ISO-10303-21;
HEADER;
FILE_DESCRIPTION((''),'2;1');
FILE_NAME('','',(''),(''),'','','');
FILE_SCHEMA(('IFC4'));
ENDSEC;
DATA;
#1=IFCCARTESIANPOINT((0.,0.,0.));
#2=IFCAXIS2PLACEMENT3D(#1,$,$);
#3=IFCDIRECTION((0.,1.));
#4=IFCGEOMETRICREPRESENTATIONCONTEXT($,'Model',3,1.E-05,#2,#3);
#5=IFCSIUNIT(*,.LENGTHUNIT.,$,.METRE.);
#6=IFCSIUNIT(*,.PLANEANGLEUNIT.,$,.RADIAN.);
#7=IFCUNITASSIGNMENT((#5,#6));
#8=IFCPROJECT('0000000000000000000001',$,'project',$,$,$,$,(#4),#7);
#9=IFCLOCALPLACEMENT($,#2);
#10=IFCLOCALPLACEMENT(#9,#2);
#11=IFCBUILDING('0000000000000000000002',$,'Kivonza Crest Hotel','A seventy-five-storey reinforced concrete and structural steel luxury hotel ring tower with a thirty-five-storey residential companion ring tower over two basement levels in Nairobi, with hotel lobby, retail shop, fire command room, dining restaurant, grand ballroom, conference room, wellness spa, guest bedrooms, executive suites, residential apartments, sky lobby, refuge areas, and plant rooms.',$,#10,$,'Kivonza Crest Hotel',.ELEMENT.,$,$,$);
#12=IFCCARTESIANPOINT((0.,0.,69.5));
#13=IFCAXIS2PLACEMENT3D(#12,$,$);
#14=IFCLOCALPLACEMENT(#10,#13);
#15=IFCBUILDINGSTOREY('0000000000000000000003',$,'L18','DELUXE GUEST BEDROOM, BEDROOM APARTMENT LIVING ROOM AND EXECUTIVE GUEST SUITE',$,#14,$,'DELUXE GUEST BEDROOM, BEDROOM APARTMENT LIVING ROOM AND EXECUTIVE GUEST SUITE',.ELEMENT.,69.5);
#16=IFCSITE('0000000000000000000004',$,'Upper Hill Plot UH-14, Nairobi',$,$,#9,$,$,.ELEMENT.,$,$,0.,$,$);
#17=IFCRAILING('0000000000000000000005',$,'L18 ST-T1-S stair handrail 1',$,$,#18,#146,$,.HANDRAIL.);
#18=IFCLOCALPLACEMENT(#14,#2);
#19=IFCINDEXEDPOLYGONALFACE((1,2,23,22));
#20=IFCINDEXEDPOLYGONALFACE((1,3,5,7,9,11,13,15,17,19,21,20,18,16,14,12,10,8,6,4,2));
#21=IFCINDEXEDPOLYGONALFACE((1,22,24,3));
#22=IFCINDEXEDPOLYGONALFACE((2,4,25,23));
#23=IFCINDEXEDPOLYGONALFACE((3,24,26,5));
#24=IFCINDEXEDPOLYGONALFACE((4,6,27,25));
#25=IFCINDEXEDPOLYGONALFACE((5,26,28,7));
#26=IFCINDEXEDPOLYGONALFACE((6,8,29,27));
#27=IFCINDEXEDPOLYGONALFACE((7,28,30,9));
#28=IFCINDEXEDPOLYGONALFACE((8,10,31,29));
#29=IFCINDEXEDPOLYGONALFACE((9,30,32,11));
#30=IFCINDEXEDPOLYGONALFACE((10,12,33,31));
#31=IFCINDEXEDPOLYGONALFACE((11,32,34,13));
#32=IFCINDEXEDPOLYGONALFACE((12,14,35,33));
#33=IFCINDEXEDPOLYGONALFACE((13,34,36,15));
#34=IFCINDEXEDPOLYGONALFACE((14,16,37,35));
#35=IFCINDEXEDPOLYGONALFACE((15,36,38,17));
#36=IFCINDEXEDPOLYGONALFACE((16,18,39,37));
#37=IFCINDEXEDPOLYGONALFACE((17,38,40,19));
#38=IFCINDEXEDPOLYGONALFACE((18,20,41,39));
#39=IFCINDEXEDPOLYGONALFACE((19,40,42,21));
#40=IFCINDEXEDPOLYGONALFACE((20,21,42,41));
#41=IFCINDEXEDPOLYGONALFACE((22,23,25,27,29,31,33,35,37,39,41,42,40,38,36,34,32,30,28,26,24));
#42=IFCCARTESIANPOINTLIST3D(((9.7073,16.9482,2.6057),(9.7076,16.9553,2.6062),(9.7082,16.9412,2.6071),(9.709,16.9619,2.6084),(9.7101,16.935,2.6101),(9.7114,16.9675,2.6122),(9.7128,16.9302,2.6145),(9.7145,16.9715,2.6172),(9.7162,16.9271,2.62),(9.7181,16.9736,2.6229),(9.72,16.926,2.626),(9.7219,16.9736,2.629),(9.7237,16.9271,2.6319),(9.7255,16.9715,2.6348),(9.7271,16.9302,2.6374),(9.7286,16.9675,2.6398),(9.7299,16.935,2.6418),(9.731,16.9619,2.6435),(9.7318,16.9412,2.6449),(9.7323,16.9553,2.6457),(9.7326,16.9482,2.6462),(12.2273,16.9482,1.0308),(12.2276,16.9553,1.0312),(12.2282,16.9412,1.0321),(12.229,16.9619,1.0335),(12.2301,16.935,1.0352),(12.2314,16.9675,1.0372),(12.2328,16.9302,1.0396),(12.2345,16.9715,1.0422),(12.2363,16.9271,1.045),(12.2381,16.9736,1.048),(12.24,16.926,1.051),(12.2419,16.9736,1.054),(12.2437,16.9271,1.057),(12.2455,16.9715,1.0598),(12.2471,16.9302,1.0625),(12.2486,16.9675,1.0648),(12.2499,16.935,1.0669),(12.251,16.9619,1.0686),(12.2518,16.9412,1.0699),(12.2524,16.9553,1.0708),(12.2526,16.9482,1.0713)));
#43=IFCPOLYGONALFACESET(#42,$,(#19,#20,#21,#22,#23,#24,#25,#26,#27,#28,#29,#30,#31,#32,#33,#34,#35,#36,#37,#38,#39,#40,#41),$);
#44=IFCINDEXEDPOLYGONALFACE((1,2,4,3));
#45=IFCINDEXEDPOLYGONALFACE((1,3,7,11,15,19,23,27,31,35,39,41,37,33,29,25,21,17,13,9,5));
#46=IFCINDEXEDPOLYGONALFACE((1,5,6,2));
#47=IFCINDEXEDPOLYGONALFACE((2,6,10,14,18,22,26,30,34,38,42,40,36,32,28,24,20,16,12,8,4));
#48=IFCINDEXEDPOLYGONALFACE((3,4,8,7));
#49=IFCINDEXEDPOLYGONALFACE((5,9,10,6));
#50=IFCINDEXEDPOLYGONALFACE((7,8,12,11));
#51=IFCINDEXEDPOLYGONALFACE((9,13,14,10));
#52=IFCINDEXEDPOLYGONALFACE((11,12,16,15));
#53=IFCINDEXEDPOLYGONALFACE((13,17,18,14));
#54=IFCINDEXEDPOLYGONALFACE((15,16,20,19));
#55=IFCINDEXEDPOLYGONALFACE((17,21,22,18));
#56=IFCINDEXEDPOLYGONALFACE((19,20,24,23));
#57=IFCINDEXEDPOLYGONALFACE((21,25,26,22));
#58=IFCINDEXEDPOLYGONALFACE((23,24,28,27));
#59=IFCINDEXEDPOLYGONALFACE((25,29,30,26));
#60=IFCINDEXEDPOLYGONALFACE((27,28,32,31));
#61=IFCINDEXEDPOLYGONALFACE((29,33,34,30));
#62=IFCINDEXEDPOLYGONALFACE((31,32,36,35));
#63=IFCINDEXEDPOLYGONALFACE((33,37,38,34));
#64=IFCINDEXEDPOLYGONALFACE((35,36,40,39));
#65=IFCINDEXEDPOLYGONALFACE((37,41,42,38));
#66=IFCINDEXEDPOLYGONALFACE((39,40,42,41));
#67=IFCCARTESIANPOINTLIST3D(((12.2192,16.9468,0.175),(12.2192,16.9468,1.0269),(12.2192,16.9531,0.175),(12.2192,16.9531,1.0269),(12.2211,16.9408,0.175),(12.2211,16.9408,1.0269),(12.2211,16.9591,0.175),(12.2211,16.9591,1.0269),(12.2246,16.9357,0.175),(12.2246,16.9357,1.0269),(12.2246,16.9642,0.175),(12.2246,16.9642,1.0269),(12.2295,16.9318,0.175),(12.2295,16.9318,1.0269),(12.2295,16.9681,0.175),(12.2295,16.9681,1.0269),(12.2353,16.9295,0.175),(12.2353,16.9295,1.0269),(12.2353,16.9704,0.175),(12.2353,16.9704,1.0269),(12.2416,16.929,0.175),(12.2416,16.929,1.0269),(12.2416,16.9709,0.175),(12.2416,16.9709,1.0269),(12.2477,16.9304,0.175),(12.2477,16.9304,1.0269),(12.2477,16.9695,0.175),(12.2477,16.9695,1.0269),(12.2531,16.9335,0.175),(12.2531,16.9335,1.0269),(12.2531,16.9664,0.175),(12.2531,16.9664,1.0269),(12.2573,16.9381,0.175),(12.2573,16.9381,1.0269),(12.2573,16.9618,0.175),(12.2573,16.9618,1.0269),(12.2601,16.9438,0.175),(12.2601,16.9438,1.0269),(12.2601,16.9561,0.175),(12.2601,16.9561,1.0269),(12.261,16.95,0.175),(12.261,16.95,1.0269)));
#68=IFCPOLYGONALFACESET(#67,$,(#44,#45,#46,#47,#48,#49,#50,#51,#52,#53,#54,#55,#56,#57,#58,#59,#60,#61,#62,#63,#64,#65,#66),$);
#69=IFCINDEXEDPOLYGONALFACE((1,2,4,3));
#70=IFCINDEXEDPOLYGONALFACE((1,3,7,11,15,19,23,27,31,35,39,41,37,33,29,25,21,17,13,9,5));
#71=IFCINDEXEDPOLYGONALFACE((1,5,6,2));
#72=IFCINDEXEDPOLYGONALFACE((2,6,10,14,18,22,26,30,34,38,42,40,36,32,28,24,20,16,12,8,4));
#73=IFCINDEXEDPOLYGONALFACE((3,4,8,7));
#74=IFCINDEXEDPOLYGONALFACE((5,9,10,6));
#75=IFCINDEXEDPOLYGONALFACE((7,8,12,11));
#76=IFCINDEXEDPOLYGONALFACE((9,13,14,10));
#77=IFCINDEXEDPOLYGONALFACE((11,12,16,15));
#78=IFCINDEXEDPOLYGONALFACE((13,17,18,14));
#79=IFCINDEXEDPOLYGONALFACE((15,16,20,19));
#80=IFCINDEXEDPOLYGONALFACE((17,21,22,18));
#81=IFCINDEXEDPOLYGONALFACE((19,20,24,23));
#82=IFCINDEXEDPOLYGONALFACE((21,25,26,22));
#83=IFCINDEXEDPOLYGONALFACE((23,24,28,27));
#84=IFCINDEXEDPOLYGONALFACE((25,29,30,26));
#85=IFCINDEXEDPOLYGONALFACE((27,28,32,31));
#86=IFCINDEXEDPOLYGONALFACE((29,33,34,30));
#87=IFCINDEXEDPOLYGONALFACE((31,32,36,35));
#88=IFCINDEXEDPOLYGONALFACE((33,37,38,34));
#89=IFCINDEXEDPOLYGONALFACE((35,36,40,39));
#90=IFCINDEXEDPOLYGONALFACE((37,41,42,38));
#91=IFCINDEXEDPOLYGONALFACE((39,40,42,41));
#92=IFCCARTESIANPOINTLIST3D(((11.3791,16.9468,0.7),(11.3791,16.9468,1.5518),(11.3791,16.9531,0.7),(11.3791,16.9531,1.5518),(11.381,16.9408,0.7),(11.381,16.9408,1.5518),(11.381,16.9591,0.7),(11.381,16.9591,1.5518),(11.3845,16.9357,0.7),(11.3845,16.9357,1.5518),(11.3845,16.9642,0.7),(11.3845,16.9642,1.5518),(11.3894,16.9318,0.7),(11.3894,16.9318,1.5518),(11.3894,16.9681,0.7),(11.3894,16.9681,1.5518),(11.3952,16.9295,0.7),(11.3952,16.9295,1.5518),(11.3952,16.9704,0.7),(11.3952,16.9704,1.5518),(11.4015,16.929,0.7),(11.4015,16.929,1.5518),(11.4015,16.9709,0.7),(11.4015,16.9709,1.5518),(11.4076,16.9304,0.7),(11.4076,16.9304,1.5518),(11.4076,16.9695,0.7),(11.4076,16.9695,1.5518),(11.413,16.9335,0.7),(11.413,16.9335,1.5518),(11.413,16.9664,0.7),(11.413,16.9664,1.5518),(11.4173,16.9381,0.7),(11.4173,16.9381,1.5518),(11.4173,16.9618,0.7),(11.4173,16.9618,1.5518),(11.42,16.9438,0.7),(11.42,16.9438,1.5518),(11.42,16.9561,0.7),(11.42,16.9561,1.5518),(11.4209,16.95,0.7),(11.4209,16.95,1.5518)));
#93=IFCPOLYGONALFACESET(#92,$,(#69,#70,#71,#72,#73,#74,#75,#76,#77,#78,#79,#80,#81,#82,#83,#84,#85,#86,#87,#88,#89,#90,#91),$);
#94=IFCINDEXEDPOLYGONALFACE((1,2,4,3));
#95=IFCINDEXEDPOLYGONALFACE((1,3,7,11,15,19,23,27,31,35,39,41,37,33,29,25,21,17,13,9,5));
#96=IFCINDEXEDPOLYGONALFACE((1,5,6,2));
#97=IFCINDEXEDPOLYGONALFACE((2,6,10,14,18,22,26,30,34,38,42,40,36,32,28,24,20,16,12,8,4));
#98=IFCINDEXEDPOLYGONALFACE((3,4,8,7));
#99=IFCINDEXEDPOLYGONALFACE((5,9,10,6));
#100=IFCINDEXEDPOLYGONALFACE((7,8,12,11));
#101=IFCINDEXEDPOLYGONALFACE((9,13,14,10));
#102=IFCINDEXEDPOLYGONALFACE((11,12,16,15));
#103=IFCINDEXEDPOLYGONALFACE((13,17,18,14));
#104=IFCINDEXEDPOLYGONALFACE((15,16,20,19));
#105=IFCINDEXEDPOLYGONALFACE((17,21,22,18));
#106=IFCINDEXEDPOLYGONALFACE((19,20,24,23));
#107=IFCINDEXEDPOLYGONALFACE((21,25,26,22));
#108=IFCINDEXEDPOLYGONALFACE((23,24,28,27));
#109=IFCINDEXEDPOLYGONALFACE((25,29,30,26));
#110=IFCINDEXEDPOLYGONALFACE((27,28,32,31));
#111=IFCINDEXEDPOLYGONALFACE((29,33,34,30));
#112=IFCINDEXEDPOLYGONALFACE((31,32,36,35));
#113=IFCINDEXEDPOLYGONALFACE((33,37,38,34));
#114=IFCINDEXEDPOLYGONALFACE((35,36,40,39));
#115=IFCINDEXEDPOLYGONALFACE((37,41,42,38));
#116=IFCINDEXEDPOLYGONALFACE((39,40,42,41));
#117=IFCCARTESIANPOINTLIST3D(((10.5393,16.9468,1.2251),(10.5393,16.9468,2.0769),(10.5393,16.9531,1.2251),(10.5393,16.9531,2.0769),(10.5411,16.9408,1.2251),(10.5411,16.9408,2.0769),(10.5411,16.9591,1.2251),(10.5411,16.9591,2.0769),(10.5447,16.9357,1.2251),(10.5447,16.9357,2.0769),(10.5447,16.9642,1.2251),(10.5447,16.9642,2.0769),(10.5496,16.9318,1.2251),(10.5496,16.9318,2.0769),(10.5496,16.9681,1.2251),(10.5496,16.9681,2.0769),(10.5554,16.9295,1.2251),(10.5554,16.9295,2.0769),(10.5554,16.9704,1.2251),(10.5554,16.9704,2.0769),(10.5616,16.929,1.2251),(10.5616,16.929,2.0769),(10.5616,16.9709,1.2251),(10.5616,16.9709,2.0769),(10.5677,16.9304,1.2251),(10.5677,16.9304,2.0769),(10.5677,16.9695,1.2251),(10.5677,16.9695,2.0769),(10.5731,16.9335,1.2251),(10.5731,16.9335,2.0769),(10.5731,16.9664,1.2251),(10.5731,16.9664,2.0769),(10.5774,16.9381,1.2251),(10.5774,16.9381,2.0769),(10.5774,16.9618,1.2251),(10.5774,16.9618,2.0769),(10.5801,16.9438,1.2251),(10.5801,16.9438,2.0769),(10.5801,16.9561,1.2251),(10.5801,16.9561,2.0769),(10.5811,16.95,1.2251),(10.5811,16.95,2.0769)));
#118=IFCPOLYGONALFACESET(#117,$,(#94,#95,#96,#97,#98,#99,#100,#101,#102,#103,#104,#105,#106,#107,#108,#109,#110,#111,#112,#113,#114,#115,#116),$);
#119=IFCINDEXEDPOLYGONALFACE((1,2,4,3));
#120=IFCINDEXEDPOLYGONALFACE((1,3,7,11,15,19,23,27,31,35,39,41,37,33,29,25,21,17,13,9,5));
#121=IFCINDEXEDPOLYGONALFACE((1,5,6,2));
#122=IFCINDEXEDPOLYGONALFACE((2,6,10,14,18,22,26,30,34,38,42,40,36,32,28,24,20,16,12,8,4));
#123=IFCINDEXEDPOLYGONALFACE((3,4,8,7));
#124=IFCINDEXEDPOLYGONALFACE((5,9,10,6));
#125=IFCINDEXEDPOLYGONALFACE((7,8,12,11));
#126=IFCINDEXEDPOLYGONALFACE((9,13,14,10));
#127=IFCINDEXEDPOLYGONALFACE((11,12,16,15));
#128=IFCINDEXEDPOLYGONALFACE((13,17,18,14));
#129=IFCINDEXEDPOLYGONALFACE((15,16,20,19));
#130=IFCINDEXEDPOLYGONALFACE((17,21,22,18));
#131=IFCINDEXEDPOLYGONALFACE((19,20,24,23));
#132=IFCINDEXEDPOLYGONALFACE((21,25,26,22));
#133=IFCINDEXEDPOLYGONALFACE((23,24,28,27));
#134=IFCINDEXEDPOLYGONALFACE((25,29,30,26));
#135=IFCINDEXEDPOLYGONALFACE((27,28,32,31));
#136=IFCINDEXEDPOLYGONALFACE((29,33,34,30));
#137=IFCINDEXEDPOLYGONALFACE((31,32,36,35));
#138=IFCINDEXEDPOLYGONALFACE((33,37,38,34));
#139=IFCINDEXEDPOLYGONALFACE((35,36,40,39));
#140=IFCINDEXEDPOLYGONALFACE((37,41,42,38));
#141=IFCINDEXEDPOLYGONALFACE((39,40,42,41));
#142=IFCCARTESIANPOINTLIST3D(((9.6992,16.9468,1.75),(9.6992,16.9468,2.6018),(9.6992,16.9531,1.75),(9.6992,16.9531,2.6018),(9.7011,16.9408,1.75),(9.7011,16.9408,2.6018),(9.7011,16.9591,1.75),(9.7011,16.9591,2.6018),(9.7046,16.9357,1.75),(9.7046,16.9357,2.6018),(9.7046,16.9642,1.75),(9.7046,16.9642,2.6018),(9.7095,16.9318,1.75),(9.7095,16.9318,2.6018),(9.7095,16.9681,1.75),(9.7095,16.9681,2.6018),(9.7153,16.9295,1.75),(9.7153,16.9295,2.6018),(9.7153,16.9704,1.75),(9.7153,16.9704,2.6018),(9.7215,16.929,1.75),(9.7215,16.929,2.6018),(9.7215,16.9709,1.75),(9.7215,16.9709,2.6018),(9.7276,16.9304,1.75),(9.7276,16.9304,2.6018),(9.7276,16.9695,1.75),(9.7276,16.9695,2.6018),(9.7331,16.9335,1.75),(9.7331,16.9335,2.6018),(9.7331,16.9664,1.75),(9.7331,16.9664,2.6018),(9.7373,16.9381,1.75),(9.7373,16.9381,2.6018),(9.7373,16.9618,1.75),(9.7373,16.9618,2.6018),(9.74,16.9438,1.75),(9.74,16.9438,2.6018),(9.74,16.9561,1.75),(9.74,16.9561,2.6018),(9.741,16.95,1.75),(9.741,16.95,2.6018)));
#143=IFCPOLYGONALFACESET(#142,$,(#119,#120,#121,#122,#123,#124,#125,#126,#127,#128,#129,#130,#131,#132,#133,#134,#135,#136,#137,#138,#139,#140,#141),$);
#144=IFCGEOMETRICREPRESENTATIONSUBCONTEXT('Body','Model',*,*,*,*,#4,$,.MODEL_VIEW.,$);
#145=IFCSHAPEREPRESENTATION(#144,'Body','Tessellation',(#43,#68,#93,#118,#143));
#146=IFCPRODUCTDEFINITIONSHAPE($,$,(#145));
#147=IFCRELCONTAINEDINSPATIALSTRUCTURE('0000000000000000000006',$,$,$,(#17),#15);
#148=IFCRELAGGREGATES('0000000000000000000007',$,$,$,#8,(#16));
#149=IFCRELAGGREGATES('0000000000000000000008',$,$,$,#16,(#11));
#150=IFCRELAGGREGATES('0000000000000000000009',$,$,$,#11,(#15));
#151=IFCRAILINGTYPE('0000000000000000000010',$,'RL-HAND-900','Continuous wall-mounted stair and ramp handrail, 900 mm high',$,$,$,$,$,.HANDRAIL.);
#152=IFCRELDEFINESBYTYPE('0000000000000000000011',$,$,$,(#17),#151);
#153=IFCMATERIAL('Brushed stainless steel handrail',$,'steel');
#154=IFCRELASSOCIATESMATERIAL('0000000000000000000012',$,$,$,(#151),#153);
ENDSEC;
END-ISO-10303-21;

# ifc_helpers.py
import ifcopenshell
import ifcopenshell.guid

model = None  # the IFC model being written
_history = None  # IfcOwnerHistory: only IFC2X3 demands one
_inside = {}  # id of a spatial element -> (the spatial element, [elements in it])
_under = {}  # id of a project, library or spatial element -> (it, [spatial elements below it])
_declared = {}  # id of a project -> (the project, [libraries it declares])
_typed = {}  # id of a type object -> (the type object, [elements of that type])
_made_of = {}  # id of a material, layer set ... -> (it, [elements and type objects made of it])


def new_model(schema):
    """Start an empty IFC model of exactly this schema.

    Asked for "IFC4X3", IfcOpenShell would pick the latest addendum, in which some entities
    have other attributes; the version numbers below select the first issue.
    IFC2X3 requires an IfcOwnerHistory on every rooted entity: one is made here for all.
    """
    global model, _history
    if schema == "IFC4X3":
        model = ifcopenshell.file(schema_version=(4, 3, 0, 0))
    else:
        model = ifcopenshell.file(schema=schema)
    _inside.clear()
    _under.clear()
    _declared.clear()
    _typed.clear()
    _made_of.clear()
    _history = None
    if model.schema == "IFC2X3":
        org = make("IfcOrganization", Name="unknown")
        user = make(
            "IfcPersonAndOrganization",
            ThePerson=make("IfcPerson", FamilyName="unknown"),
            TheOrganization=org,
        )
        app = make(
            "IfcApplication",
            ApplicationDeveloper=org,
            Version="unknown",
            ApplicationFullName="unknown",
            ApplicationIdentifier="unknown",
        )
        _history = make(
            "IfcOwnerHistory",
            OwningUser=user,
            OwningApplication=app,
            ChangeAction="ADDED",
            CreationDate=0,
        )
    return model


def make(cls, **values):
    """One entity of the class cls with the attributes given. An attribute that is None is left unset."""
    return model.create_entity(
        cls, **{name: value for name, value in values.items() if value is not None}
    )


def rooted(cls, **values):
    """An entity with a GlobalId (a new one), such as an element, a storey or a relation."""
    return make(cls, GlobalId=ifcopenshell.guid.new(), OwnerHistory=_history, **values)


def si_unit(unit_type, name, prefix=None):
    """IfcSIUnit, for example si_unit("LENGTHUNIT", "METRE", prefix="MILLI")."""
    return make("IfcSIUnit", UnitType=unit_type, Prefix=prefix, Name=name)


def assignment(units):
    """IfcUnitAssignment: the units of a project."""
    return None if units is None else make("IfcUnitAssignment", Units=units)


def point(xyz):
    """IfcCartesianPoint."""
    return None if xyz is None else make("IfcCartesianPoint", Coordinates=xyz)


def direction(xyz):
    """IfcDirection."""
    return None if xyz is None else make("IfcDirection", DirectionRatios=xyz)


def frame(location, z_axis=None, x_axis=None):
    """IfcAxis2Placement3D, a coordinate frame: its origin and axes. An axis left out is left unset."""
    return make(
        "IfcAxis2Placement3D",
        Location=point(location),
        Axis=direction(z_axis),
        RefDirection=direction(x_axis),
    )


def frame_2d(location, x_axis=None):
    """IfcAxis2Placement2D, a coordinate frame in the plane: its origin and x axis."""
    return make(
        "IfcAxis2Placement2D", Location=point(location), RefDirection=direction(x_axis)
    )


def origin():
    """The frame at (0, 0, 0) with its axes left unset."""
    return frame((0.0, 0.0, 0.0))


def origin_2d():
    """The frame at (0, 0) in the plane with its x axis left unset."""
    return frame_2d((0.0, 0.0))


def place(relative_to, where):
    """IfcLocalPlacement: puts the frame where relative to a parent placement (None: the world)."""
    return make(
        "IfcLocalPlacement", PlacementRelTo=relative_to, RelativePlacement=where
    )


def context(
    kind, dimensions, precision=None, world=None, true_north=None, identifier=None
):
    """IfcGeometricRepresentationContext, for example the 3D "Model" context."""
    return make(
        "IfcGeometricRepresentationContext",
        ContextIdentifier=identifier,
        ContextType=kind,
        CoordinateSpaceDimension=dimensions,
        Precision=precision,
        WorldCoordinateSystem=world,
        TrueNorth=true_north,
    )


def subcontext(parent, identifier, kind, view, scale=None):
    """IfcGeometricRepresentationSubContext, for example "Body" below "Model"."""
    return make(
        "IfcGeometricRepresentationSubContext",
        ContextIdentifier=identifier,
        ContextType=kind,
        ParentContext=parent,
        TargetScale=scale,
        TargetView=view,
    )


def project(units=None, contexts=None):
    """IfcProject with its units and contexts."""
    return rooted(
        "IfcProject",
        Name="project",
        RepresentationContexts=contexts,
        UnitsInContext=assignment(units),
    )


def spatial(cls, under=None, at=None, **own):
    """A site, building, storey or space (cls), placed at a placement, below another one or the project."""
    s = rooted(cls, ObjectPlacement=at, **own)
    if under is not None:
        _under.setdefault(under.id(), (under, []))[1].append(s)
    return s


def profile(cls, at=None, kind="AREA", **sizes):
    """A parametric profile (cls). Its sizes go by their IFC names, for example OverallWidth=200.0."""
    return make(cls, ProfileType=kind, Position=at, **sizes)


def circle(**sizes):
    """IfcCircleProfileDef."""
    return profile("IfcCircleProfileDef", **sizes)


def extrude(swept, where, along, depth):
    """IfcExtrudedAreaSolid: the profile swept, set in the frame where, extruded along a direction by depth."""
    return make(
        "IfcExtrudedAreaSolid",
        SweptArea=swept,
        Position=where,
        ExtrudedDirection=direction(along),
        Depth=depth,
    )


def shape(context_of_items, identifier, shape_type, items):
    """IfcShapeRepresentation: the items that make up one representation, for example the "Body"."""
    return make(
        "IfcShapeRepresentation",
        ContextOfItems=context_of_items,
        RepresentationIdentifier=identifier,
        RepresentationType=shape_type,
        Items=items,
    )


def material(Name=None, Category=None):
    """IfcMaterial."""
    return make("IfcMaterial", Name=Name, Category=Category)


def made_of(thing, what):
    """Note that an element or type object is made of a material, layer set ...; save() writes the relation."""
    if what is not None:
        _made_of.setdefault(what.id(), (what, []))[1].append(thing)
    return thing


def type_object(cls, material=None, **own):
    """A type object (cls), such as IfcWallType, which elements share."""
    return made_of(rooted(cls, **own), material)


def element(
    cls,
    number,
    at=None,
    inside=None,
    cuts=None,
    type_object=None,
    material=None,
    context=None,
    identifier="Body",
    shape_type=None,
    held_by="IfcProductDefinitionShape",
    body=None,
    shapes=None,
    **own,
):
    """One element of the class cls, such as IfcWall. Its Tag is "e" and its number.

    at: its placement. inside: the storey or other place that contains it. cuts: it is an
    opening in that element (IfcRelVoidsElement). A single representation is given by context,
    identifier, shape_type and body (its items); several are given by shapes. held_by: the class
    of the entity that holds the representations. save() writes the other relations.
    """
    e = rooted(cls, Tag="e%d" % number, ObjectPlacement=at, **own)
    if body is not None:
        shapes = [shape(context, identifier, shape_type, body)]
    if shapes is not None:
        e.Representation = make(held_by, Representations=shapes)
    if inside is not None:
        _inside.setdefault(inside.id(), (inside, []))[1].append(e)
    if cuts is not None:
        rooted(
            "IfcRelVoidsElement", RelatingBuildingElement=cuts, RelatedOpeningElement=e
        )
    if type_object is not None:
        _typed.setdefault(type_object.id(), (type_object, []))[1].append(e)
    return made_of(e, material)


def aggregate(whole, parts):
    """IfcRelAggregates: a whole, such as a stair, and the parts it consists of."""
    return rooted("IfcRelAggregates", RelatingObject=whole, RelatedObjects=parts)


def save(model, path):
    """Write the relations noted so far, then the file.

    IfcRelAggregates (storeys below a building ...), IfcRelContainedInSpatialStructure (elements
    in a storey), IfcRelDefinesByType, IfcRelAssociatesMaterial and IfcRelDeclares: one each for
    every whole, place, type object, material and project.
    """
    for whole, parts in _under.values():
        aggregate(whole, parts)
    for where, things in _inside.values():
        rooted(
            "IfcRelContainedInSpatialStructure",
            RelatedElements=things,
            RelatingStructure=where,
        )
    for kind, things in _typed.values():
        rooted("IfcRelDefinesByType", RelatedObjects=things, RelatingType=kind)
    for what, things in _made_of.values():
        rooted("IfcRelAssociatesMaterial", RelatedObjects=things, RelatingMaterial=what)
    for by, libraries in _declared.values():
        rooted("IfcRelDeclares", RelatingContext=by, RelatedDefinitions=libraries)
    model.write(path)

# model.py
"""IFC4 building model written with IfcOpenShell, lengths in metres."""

from ifc_helpers import new_model, si_unit, direction, frame, origin, origin_2d, place, context, subcontext, project, spatial, circle, extrude, material, type_object, element, save


model = new_model("IFC4")

# Units and contexts
model_context = context("Model", 3, precision=1e-05, world=origin(), true_north=direction((0.0, 1.0)))
body_context = subcontext(model_context, "Body", "Model", "MODEL_VIEW")
ifc_project = project(units=[si_unit("LENGTHUNIT", "METRE"), si_unit("PLANEANGLEUNIT", "RADIAN")], contexts=[model_context])

# Site, building, storey
site_placement = place(None, origin())
site = spatial("IfcSite", under=ifc_project, at=site_placement, Name="Upper Hill Plot UH-14, Nairobi", CompositionType="ELEMENT", RefElevation=0.0)
building_placement = place(site_placement, origin())
building = spatial("IfcBuilding", under=site, at=building_placement, Name="Kivonza Crest Hotel", Description="A seventy-five-storey reinforced concrete and structural steel luxury hotel ring tower with a thirty-five-storey residential companion ring tower over two basement levels in Nairobi, with hotel lobby, retail shop, fire command room, dining restaurant, grand ballroom, conference room, wellness spa, guest bedrooms, executive suites, residential apartments, sky lobby, refuge areas, and plant rooms.", LongName="Kivonza Crest Hotel", CompositionType="ELEMENT")
storey_placement = place(building_placement, frame((0.0, 0.0, 69.5)))
storey = spatial("IfcBuildingStorey", under=building, at=storey_placement, Name="L18", Description="DELUXE GUEST BEDROOM, BEDROOM APARTMENT LIVING ROOM AND EXECUTIVE GUEST SUITE", LongName="DELUXE GUEST BEDROOM, BEDROOM APARTMENT LIVING ROOM AND EXECUTIVE GUEST SUITE", CompositionType="ELEMENT", Elevation=69.5)

# Railing
ifc_material_1 = material(Name="Brushed stainless steel handrail", Category="steel")
railing_type_1 = type_object("IfcRailingType", Name="RL-HAND-900", Description="Continuous wall-mounted stair and ramp handrail, 900 mm high", PredefinedType="HANDRAIL", material=ifc_material_1)
railing_1_placement = place(storey_placement, frame((12.24, 16.95, 0.175)))
element("IfcRailing", 1, at=railing_1_placement, inside=storey, type_object=railing_type_1, Name="L18 ST-T1-S stair handrail 1", PredefinedType="HANDRAIL", context=body_context, shape_type="SweptSolid", body=[
    extrude(circle(Radius=0.0239, at=origin_2d()), frame((0.0, 0.0, 0.876), z_axis=(-0.848008, 0.0, 0.529984), x_axis=(0.0, -1.0, 0.0)), (0.0, 0.0, 1.0), 2.9717),
    extrude(circle(Radius=0.021, at=origin_2d()), origin(), (0.0, 0.0, 1.0), 0.8518),
    extrude(circle(Radius=0.021, at=origin_2d()), frame((-0.8401, 0.0, 0.5249)), (0.0, 0.0, 1.0), 0.8518),
    extrude(circle(Radius=0.021, at=origin_2d()), frame((-1.6799, 0.0, 1.05)), (0.0, 0.0, 1.0), 0.8518),
    extrude(circle(Radius=0.021, at=origin_2d()), frame((-2.52, 0.0, 1.575)), (0.0, 0.0, 1.0), 0.8518),
])

save(model, "model.ifc")
